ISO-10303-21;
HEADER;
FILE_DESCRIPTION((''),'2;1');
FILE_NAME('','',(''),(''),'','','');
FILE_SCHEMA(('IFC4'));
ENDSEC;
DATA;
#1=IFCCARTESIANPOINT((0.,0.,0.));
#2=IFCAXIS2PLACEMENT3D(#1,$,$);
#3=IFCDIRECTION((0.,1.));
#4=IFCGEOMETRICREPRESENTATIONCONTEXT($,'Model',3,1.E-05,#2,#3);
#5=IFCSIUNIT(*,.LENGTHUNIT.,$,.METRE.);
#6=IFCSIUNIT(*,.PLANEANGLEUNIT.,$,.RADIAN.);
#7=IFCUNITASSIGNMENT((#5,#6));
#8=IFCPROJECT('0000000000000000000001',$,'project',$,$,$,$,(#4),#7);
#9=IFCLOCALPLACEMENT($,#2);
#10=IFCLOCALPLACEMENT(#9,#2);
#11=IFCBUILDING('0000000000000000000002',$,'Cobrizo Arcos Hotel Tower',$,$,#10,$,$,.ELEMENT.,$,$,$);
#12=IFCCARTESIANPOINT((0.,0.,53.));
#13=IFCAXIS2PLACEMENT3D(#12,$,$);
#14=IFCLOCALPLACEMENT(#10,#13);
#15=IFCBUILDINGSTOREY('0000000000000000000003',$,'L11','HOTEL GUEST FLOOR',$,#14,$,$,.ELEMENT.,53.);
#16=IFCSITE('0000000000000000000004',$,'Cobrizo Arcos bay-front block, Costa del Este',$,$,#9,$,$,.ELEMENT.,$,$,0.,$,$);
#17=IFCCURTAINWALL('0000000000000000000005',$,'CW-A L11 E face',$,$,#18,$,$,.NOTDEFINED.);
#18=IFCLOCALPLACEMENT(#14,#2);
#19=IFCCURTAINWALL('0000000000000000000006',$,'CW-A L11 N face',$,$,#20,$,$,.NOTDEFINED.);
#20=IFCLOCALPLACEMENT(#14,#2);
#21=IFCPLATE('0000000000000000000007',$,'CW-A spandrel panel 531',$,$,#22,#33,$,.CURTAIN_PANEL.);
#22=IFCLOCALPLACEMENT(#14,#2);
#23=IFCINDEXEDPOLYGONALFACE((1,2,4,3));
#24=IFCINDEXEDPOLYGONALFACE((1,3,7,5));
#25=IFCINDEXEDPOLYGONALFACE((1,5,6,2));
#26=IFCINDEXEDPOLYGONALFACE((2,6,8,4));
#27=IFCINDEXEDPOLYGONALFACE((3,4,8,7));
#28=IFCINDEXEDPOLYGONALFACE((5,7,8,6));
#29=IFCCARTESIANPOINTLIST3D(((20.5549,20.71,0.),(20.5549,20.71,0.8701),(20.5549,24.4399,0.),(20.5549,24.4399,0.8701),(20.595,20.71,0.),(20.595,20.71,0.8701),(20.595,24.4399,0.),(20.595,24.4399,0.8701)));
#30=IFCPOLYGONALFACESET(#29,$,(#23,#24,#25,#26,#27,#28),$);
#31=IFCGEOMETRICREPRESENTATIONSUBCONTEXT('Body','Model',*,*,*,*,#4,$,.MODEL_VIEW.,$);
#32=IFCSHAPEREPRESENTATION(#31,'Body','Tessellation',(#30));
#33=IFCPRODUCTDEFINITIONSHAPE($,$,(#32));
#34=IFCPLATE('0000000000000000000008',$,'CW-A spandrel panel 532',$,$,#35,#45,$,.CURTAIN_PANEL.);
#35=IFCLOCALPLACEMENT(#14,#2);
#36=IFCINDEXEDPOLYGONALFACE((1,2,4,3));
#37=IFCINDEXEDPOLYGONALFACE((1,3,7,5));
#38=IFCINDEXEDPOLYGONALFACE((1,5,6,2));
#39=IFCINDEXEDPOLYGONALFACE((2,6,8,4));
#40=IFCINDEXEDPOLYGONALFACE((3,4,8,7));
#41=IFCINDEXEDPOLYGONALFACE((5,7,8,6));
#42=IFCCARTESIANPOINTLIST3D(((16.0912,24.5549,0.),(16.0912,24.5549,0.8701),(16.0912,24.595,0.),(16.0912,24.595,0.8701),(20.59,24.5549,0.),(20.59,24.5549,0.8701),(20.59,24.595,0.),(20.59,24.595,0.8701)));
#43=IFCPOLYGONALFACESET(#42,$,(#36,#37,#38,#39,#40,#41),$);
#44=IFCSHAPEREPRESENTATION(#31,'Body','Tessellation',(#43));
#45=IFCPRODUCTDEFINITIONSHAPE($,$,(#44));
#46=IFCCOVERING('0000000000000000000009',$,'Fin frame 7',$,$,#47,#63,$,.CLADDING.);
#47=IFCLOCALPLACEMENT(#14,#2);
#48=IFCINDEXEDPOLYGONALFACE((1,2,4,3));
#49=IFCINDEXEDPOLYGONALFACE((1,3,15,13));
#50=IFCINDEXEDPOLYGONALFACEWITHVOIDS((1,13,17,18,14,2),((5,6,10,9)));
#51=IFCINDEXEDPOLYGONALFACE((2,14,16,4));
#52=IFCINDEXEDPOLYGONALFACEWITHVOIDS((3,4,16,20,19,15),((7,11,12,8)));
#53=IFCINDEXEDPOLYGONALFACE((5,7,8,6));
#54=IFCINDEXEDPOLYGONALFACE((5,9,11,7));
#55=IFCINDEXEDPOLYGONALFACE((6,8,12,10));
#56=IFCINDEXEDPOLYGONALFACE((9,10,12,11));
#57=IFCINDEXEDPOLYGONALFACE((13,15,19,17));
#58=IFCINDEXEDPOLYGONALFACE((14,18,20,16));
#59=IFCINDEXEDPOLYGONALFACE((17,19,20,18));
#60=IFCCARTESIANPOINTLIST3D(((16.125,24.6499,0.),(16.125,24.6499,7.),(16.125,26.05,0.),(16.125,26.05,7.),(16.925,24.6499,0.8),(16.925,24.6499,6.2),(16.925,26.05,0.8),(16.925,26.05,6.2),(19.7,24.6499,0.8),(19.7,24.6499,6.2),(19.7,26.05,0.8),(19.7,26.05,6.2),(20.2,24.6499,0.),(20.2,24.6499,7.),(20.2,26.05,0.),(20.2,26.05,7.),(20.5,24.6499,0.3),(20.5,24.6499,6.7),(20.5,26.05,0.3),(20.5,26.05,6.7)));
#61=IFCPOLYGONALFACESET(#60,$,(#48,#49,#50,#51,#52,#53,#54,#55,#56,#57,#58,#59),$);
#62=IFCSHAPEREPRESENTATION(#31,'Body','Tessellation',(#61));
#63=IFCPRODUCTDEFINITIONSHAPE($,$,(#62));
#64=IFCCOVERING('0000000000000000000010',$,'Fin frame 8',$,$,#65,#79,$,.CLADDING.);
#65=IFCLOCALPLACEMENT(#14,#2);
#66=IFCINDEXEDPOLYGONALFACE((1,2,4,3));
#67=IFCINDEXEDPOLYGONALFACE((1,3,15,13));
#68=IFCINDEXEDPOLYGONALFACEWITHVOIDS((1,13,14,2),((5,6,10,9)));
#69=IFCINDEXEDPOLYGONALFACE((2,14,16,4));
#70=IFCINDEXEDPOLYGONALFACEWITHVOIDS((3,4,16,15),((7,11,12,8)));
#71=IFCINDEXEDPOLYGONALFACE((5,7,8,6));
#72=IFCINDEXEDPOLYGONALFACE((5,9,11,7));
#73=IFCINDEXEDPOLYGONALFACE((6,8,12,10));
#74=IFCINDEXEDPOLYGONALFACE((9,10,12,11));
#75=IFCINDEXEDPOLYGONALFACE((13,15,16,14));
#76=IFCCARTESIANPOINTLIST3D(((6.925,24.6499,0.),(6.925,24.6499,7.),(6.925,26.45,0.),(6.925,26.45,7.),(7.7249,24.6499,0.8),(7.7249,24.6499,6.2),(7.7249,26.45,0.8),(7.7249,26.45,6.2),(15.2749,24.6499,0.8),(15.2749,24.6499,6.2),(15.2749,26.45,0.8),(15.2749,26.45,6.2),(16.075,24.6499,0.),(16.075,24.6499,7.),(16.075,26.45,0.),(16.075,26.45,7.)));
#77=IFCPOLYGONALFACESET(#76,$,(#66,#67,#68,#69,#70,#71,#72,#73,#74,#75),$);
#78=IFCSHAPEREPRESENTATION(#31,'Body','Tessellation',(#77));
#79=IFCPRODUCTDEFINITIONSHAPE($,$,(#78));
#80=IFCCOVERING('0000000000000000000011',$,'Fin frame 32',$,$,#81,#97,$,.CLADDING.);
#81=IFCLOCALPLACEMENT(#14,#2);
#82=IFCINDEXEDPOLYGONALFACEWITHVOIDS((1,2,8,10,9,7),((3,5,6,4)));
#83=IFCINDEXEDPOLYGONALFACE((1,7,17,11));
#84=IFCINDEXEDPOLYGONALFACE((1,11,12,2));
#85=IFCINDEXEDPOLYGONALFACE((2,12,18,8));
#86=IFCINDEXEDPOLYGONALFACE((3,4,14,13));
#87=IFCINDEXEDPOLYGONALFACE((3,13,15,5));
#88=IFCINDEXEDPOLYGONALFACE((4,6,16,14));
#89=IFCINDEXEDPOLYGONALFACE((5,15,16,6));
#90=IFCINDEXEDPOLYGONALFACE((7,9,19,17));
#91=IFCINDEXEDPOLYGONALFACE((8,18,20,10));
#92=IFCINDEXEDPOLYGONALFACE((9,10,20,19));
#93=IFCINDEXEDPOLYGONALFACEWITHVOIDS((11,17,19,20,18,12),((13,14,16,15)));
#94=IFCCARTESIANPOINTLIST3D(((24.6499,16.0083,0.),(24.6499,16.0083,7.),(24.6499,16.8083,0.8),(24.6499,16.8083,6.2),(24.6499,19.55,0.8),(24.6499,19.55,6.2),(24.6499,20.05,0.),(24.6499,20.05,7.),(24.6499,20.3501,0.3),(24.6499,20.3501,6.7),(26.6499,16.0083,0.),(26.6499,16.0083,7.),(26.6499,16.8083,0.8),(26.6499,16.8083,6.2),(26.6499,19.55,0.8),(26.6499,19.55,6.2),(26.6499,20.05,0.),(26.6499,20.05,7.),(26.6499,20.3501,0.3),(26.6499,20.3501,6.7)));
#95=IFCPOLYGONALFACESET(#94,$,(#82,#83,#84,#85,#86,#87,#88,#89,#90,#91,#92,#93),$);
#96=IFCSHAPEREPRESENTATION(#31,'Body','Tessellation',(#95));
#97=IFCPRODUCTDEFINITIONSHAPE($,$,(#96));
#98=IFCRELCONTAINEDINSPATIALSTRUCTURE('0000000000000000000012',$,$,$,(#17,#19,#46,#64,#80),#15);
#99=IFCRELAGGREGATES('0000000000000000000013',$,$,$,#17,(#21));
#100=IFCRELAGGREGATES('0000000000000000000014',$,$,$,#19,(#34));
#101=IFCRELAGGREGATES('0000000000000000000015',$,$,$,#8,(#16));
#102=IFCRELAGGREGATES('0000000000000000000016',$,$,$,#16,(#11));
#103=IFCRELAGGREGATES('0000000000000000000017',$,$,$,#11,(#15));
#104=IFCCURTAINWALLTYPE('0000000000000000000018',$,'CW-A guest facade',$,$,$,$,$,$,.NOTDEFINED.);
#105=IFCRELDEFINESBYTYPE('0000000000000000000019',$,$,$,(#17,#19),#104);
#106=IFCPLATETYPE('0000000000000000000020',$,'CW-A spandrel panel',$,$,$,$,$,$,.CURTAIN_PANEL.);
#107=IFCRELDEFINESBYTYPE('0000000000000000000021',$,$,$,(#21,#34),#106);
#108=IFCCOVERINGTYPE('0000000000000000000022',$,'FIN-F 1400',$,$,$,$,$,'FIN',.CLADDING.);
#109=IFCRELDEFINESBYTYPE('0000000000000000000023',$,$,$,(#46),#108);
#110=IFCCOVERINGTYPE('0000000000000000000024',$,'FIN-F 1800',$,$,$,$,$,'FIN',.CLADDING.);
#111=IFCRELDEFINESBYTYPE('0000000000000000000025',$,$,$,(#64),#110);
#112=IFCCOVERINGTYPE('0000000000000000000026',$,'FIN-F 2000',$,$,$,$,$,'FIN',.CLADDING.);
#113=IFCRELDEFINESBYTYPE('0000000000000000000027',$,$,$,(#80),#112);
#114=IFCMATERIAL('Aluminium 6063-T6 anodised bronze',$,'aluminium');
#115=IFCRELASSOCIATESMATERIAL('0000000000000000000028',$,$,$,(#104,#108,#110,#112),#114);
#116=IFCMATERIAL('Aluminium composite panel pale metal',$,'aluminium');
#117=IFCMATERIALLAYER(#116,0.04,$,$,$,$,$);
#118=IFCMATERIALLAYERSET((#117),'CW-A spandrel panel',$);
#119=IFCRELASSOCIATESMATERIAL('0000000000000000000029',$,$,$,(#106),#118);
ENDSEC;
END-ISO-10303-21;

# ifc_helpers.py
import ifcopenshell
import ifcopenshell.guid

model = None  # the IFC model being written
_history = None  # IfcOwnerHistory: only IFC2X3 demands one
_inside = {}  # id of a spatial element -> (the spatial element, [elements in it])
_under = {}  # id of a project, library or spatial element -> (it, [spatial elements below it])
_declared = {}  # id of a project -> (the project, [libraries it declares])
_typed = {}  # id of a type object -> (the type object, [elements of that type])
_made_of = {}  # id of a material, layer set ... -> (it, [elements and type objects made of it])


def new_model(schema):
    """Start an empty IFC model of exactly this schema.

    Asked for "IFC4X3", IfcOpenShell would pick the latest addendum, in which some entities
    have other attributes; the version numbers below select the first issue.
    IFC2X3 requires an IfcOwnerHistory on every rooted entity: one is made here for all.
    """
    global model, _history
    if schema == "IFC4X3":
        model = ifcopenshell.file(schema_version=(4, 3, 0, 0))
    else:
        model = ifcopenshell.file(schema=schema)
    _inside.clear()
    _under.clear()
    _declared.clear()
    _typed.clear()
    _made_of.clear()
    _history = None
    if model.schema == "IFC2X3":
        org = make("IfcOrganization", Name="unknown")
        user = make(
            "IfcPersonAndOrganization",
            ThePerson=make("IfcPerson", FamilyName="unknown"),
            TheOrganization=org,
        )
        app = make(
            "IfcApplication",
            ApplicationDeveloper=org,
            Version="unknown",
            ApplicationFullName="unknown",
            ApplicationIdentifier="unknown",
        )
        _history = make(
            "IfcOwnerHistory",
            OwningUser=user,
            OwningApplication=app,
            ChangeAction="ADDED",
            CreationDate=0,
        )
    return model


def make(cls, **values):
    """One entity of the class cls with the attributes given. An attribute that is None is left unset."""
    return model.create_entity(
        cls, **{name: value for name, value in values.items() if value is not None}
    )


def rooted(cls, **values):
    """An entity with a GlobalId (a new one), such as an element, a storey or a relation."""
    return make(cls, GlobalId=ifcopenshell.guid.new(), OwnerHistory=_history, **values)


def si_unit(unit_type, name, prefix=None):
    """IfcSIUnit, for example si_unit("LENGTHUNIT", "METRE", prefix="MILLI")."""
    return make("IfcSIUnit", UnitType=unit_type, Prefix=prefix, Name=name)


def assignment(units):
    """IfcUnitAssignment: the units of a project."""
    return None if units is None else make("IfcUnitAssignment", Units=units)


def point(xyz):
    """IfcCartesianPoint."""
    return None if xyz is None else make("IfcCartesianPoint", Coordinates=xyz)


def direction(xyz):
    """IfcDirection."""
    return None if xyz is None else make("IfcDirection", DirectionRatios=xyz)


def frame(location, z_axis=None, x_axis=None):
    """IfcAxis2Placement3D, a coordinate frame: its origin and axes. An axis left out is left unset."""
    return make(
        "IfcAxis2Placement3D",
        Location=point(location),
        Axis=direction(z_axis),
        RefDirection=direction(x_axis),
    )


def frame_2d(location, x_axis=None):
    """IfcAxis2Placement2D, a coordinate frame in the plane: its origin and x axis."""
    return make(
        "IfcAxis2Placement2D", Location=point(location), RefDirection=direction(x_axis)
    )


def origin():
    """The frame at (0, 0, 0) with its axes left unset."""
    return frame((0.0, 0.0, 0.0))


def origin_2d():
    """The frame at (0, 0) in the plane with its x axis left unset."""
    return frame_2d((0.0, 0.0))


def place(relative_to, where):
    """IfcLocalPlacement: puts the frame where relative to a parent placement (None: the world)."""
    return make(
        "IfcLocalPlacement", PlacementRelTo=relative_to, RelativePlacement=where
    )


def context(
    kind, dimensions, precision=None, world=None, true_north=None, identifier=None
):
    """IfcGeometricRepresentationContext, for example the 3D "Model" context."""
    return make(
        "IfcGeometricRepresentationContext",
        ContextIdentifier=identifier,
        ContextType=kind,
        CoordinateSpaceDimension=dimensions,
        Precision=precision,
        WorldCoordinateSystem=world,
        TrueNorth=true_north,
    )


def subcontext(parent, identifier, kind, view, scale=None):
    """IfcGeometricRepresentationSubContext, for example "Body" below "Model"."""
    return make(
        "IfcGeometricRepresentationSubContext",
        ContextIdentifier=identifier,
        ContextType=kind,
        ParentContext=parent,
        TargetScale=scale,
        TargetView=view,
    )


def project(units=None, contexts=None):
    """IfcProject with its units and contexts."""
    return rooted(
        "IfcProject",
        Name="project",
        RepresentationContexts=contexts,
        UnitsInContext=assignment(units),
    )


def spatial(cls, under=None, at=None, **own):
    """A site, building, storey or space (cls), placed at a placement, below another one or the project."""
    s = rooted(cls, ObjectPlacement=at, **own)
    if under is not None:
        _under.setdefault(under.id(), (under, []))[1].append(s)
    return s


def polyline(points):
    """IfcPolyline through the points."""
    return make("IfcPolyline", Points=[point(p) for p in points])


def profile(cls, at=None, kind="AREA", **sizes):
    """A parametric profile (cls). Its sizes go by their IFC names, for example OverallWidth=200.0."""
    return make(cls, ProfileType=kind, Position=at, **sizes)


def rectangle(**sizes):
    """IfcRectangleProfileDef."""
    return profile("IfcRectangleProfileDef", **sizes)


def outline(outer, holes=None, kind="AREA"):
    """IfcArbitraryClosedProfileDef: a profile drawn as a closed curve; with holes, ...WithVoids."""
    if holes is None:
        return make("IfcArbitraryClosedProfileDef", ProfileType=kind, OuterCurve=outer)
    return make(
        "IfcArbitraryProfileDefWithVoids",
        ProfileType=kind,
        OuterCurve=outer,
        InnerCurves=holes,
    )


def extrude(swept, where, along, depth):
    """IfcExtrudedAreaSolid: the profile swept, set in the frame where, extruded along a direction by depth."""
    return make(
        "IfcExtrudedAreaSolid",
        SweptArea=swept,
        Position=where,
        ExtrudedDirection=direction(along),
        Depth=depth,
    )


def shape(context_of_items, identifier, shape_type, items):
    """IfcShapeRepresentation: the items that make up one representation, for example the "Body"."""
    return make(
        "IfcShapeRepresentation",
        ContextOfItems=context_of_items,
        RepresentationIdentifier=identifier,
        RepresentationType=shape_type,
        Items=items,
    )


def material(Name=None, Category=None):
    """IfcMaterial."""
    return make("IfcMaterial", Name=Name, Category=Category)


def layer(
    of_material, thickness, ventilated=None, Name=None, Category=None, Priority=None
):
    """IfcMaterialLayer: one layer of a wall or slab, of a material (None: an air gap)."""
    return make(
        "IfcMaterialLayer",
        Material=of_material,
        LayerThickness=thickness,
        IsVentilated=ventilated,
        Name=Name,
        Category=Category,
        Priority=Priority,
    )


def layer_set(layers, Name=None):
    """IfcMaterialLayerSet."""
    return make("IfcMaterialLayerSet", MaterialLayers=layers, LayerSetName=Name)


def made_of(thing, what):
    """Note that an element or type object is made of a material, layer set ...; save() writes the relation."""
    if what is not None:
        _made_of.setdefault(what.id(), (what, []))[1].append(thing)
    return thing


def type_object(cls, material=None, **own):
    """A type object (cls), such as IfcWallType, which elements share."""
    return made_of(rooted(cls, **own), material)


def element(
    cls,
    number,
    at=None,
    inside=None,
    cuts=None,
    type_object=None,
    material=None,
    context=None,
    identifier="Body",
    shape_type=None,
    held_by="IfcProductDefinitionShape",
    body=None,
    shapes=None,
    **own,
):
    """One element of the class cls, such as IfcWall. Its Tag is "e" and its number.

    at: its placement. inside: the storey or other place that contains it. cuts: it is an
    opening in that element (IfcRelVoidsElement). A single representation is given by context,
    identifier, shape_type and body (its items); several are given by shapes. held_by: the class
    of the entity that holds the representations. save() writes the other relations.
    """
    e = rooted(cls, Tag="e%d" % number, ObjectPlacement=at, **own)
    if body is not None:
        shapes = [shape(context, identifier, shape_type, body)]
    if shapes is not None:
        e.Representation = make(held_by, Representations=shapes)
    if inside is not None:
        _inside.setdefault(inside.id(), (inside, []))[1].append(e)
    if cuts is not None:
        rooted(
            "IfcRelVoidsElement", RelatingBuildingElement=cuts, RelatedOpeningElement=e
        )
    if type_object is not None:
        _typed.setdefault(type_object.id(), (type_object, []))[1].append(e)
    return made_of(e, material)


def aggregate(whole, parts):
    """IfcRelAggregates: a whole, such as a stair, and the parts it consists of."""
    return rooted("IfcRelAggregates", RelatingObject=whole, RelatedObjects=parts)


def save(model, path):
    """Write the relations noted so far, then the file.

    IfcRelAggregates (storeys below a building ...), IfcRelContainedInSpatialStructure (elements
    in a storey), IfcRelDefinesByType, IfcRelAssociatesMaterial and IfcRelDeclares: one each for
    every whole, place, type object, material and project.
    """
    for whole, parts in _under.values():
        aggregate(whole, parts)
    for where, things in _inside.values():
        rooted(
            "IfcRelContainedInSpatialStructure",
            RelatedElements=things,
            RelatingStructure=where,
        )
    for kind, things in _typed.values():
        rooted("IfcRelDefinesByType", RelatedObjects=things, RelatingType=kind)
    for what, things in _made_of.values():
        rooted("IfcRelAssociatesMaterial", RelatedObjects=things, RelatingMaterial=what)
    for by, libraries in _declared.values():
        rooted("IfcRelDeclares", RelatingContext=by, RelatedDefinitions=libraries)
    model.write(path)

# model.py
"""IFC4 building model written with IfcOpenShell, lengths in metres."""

from ifc_helpers import new_model, si_unit, direction, frame, origin, origin_2d, place, context, subcontext, project, spatial, polyline, rectangle, outline, extrude, material, layer, layer_set, type_object, element, aggregate, save


model = new_model("IFC4")

# Units and contexts
model_context = context("Model", 3, precision=1e-05, world=origin(), true_north=direction((0.0, 1.0)))
body_context = subcontext(model_context, "Body", "Model", "MODEL_VIEW")
ifc_project = project(units=[si_unit("LENGTHUNIT", "METRE"), si_unit("PLANEANGLEUNIT", "RADIAN")], contexts=[model_context])

# Site, building, storey
site_placement = place(None, origin())
site = spatial("IfcSite", under=ifc_project, at=site_placement, Name="Cobrizo Arcos bay-front block, Costa del Este", CompositionType="ELEMENT", RefElevation=0.0)
building_placement = place(site_placement, origin())
building = spatial("IfcBuilding", under=site, at=building_placement, Name="Cobrizo Arcos Hotel Tower", CompositionType="ELEMENT")
storey_placement = place(building_placement, frame((0.0, 0.0, 53.0)))
storey = spatial("IfcBuildingStorey", under=building, at=storey_placement, Name="L11", Description="HOTEL GUEST FLOOR", CompositionType="ELEMENT", Elevation=53.0)

# Curtain walls
ifc_material_1 = material(Name="Aluminium 6063-T6 anodised bronze", Category="aluminium")
curtain_wall_type = type_object("IfcCurtainWallType", Name="CW-A guest facade", PredefinedType="NOTDEFINED", material=ifc_material_1)
curtain_wall_1_placement = place(storey_placement, origin())
curtain_wall_1 = element("IfcCurtainWall", 1, at=curtain_wall_1_placement, inside=storey, type_object=curtain_wall_type, Name="CW-A L11 E face", PredefinedType="NOTDEFINED")
curtain_wall_2_placement = place(storey_placement, origin())
curtain_wall_2 = element("IfcCurtainWall", 2, at=curtain_wall_2_placement, inside=storey, type_object=curtain_wall_type, Name="CW-A L11 N face", PredefinedType="NOTDEFINED")

# Plates
ifc_material_2 = material(Name="Aluminium composite panel pale metal", Category="aluminium")
ifc_layer_1 = layer(ifc_material_2, 0.04)
ifc_layer_set_1 = layer_set([ifc_layer_1], Name="CW-A spandrel panel")
plate_type_1 = type_object("IfcPlateType", Name="CW-A spandrel panel", PredefinedType="CURTAIN_PANEL", material=ifc_layer_set_1)
plate_1_placement = place(storey_placement, frame((20.575, 22.575, 0.0), z_axis=(0.0, 0.0, 1.0), x_axis=(0.0, 1.0, 0.0)))
plate_1 = element("IfcPlate", 3, at=plate_1_placement, type_object=plate_type_1, Name="CW-A spandrel panel 531", PredefinedType="CURTAIN_PANEL", context=body_context, shape_type="SweptSolid", body=[
    extrude(rectangle(XDim=3.73, YDim=0.04, at=origin_2d()), origin(), (0.0, 0.0, 1.0), 0.8701),
])
aggregate(curtain_wall_1, [plate_1])
plate_2_placement = place(storey_placement, frame((18.3406, 24.575, 0.0), z_axis=(0.0, 0.0, 1.0), x_axis=(-1.0, 0.0, 0.0)))
plate_2 = element("IfcPlate", 4, at=plate_2_placement, type_object=plate_type_1, Name="CW-A spandrel panel 532", PredefinedType="CURTAIN_PANEL", context=body_context, shape_type="SweptSolid", body=[
    extrude(rectangle(XDim=4.4988, YDim=0.04, at=origin_2d()), origin(), (0.0, 0.0, 1.0), 0.8701),
])
aggregate(curtain_wall_2, [plate_2])

# Coverings
covering_type_1 = type_object("IfcCoveringType", Name="FIN-F 1400", ElementType="FIN", PredefinedType="CLADDING", material=ifc_material_1)
covering_1_placement = place(storey_placement, frame((20.5, 24.6499, 0.0), z_axis=(0.0, 1.0, 0.0), x_axis=(-1.0, 0.0, 0.0)))
element("IfcCovering", 5, at=covering_1_placement, inside=storey, type_object=covering_type_1, Name="Fin frame 7", PredefinedType="CLADDING", context=body_context, shape_type="SweptSolid", body=[
    extrude(outline(polyline([(0.0, 0.3), (0.3, 0.0), (4.375, 0.0), (4.375, 7.0), (0.3, 7.0), (0.0, 6.7), (0.0, 0.3)]), holes=[polyline([(3.575, 0.8), (0.8, 0.8), (0.8, 6.2), (3.575, 6.2), (3.575, 0.8)])]), origin(), (0.0, 0.0, 1.0), 1.4001),
])
covering_type_2 = type_object("IfcCoveringType", Name="FIN-F 1800", ElementType="FIN", PredefinedType="CLADDING", material=ifc_material_1)
covering_2_placement = place(storey_placement, frame((16.075, 24.6499, 0.0), z_axis=(0.0, 1.0, 0.0), x_axis=(-1.0, 0.0, 0.0)))
element("IfcCovering", 6, at=covering_2_placement, inside=storey, type_object=covering_type_2, Name="Fin frame 8", PredefinedType="CLADDING", context=body_context, shape_type="SweptSolid", body=[
    extrude(outline(polyline([(0.0, 7.0), (0.0, 0.0), (9.1499, 0.0), (9.1499, 7.0), (0.0, 7.0)]), holes=[polyline([(8.3501, 0.8), (0.8, 0.8), (0.8, 6.2), (8.3501, 6.2), (8.3501, 0.8)])]), origin(), (0.0, 0.0, 1.0), 1.8),
])
covering_type_3 = type_object("IfcCoveringType", Name="FIN-F 2000", ElementType="FIN", PredefinedType="CLADDING", material=ifc_material_1)
covering_3_placement = place(storey_placement, frame((24.6499, 16.0083, 0.0), z_axis=(1.0, 0.0, 0.0), x_axis=(0.0, 1.0, 0.0)))
element("IfcCovering", 7, at=covering_3_placement, inside=storey, type_object=covering_type_3, Name="Fin frame 32", PredefinedType="CLADDING", context=body_context, shape_type="SweptSolid", body=[
    extrude(outline(polyline([(0.0, 7.0), (0.0, 0.0), (4.0417, 0.0), (4.3418, 0.3), (4.3418, 6.7), (4.0417, 7.0), (0.0, 7.0)]), holes=[polyline([(3.5417, 0.8), (0.8, 0.8), (0.8, 6.2), (3.5417, 6.2), (3.5417, 0.8)])]), origin(), (0.0, 0.0, 1.0), 2.0),
])

save(model, "model.ifc")
